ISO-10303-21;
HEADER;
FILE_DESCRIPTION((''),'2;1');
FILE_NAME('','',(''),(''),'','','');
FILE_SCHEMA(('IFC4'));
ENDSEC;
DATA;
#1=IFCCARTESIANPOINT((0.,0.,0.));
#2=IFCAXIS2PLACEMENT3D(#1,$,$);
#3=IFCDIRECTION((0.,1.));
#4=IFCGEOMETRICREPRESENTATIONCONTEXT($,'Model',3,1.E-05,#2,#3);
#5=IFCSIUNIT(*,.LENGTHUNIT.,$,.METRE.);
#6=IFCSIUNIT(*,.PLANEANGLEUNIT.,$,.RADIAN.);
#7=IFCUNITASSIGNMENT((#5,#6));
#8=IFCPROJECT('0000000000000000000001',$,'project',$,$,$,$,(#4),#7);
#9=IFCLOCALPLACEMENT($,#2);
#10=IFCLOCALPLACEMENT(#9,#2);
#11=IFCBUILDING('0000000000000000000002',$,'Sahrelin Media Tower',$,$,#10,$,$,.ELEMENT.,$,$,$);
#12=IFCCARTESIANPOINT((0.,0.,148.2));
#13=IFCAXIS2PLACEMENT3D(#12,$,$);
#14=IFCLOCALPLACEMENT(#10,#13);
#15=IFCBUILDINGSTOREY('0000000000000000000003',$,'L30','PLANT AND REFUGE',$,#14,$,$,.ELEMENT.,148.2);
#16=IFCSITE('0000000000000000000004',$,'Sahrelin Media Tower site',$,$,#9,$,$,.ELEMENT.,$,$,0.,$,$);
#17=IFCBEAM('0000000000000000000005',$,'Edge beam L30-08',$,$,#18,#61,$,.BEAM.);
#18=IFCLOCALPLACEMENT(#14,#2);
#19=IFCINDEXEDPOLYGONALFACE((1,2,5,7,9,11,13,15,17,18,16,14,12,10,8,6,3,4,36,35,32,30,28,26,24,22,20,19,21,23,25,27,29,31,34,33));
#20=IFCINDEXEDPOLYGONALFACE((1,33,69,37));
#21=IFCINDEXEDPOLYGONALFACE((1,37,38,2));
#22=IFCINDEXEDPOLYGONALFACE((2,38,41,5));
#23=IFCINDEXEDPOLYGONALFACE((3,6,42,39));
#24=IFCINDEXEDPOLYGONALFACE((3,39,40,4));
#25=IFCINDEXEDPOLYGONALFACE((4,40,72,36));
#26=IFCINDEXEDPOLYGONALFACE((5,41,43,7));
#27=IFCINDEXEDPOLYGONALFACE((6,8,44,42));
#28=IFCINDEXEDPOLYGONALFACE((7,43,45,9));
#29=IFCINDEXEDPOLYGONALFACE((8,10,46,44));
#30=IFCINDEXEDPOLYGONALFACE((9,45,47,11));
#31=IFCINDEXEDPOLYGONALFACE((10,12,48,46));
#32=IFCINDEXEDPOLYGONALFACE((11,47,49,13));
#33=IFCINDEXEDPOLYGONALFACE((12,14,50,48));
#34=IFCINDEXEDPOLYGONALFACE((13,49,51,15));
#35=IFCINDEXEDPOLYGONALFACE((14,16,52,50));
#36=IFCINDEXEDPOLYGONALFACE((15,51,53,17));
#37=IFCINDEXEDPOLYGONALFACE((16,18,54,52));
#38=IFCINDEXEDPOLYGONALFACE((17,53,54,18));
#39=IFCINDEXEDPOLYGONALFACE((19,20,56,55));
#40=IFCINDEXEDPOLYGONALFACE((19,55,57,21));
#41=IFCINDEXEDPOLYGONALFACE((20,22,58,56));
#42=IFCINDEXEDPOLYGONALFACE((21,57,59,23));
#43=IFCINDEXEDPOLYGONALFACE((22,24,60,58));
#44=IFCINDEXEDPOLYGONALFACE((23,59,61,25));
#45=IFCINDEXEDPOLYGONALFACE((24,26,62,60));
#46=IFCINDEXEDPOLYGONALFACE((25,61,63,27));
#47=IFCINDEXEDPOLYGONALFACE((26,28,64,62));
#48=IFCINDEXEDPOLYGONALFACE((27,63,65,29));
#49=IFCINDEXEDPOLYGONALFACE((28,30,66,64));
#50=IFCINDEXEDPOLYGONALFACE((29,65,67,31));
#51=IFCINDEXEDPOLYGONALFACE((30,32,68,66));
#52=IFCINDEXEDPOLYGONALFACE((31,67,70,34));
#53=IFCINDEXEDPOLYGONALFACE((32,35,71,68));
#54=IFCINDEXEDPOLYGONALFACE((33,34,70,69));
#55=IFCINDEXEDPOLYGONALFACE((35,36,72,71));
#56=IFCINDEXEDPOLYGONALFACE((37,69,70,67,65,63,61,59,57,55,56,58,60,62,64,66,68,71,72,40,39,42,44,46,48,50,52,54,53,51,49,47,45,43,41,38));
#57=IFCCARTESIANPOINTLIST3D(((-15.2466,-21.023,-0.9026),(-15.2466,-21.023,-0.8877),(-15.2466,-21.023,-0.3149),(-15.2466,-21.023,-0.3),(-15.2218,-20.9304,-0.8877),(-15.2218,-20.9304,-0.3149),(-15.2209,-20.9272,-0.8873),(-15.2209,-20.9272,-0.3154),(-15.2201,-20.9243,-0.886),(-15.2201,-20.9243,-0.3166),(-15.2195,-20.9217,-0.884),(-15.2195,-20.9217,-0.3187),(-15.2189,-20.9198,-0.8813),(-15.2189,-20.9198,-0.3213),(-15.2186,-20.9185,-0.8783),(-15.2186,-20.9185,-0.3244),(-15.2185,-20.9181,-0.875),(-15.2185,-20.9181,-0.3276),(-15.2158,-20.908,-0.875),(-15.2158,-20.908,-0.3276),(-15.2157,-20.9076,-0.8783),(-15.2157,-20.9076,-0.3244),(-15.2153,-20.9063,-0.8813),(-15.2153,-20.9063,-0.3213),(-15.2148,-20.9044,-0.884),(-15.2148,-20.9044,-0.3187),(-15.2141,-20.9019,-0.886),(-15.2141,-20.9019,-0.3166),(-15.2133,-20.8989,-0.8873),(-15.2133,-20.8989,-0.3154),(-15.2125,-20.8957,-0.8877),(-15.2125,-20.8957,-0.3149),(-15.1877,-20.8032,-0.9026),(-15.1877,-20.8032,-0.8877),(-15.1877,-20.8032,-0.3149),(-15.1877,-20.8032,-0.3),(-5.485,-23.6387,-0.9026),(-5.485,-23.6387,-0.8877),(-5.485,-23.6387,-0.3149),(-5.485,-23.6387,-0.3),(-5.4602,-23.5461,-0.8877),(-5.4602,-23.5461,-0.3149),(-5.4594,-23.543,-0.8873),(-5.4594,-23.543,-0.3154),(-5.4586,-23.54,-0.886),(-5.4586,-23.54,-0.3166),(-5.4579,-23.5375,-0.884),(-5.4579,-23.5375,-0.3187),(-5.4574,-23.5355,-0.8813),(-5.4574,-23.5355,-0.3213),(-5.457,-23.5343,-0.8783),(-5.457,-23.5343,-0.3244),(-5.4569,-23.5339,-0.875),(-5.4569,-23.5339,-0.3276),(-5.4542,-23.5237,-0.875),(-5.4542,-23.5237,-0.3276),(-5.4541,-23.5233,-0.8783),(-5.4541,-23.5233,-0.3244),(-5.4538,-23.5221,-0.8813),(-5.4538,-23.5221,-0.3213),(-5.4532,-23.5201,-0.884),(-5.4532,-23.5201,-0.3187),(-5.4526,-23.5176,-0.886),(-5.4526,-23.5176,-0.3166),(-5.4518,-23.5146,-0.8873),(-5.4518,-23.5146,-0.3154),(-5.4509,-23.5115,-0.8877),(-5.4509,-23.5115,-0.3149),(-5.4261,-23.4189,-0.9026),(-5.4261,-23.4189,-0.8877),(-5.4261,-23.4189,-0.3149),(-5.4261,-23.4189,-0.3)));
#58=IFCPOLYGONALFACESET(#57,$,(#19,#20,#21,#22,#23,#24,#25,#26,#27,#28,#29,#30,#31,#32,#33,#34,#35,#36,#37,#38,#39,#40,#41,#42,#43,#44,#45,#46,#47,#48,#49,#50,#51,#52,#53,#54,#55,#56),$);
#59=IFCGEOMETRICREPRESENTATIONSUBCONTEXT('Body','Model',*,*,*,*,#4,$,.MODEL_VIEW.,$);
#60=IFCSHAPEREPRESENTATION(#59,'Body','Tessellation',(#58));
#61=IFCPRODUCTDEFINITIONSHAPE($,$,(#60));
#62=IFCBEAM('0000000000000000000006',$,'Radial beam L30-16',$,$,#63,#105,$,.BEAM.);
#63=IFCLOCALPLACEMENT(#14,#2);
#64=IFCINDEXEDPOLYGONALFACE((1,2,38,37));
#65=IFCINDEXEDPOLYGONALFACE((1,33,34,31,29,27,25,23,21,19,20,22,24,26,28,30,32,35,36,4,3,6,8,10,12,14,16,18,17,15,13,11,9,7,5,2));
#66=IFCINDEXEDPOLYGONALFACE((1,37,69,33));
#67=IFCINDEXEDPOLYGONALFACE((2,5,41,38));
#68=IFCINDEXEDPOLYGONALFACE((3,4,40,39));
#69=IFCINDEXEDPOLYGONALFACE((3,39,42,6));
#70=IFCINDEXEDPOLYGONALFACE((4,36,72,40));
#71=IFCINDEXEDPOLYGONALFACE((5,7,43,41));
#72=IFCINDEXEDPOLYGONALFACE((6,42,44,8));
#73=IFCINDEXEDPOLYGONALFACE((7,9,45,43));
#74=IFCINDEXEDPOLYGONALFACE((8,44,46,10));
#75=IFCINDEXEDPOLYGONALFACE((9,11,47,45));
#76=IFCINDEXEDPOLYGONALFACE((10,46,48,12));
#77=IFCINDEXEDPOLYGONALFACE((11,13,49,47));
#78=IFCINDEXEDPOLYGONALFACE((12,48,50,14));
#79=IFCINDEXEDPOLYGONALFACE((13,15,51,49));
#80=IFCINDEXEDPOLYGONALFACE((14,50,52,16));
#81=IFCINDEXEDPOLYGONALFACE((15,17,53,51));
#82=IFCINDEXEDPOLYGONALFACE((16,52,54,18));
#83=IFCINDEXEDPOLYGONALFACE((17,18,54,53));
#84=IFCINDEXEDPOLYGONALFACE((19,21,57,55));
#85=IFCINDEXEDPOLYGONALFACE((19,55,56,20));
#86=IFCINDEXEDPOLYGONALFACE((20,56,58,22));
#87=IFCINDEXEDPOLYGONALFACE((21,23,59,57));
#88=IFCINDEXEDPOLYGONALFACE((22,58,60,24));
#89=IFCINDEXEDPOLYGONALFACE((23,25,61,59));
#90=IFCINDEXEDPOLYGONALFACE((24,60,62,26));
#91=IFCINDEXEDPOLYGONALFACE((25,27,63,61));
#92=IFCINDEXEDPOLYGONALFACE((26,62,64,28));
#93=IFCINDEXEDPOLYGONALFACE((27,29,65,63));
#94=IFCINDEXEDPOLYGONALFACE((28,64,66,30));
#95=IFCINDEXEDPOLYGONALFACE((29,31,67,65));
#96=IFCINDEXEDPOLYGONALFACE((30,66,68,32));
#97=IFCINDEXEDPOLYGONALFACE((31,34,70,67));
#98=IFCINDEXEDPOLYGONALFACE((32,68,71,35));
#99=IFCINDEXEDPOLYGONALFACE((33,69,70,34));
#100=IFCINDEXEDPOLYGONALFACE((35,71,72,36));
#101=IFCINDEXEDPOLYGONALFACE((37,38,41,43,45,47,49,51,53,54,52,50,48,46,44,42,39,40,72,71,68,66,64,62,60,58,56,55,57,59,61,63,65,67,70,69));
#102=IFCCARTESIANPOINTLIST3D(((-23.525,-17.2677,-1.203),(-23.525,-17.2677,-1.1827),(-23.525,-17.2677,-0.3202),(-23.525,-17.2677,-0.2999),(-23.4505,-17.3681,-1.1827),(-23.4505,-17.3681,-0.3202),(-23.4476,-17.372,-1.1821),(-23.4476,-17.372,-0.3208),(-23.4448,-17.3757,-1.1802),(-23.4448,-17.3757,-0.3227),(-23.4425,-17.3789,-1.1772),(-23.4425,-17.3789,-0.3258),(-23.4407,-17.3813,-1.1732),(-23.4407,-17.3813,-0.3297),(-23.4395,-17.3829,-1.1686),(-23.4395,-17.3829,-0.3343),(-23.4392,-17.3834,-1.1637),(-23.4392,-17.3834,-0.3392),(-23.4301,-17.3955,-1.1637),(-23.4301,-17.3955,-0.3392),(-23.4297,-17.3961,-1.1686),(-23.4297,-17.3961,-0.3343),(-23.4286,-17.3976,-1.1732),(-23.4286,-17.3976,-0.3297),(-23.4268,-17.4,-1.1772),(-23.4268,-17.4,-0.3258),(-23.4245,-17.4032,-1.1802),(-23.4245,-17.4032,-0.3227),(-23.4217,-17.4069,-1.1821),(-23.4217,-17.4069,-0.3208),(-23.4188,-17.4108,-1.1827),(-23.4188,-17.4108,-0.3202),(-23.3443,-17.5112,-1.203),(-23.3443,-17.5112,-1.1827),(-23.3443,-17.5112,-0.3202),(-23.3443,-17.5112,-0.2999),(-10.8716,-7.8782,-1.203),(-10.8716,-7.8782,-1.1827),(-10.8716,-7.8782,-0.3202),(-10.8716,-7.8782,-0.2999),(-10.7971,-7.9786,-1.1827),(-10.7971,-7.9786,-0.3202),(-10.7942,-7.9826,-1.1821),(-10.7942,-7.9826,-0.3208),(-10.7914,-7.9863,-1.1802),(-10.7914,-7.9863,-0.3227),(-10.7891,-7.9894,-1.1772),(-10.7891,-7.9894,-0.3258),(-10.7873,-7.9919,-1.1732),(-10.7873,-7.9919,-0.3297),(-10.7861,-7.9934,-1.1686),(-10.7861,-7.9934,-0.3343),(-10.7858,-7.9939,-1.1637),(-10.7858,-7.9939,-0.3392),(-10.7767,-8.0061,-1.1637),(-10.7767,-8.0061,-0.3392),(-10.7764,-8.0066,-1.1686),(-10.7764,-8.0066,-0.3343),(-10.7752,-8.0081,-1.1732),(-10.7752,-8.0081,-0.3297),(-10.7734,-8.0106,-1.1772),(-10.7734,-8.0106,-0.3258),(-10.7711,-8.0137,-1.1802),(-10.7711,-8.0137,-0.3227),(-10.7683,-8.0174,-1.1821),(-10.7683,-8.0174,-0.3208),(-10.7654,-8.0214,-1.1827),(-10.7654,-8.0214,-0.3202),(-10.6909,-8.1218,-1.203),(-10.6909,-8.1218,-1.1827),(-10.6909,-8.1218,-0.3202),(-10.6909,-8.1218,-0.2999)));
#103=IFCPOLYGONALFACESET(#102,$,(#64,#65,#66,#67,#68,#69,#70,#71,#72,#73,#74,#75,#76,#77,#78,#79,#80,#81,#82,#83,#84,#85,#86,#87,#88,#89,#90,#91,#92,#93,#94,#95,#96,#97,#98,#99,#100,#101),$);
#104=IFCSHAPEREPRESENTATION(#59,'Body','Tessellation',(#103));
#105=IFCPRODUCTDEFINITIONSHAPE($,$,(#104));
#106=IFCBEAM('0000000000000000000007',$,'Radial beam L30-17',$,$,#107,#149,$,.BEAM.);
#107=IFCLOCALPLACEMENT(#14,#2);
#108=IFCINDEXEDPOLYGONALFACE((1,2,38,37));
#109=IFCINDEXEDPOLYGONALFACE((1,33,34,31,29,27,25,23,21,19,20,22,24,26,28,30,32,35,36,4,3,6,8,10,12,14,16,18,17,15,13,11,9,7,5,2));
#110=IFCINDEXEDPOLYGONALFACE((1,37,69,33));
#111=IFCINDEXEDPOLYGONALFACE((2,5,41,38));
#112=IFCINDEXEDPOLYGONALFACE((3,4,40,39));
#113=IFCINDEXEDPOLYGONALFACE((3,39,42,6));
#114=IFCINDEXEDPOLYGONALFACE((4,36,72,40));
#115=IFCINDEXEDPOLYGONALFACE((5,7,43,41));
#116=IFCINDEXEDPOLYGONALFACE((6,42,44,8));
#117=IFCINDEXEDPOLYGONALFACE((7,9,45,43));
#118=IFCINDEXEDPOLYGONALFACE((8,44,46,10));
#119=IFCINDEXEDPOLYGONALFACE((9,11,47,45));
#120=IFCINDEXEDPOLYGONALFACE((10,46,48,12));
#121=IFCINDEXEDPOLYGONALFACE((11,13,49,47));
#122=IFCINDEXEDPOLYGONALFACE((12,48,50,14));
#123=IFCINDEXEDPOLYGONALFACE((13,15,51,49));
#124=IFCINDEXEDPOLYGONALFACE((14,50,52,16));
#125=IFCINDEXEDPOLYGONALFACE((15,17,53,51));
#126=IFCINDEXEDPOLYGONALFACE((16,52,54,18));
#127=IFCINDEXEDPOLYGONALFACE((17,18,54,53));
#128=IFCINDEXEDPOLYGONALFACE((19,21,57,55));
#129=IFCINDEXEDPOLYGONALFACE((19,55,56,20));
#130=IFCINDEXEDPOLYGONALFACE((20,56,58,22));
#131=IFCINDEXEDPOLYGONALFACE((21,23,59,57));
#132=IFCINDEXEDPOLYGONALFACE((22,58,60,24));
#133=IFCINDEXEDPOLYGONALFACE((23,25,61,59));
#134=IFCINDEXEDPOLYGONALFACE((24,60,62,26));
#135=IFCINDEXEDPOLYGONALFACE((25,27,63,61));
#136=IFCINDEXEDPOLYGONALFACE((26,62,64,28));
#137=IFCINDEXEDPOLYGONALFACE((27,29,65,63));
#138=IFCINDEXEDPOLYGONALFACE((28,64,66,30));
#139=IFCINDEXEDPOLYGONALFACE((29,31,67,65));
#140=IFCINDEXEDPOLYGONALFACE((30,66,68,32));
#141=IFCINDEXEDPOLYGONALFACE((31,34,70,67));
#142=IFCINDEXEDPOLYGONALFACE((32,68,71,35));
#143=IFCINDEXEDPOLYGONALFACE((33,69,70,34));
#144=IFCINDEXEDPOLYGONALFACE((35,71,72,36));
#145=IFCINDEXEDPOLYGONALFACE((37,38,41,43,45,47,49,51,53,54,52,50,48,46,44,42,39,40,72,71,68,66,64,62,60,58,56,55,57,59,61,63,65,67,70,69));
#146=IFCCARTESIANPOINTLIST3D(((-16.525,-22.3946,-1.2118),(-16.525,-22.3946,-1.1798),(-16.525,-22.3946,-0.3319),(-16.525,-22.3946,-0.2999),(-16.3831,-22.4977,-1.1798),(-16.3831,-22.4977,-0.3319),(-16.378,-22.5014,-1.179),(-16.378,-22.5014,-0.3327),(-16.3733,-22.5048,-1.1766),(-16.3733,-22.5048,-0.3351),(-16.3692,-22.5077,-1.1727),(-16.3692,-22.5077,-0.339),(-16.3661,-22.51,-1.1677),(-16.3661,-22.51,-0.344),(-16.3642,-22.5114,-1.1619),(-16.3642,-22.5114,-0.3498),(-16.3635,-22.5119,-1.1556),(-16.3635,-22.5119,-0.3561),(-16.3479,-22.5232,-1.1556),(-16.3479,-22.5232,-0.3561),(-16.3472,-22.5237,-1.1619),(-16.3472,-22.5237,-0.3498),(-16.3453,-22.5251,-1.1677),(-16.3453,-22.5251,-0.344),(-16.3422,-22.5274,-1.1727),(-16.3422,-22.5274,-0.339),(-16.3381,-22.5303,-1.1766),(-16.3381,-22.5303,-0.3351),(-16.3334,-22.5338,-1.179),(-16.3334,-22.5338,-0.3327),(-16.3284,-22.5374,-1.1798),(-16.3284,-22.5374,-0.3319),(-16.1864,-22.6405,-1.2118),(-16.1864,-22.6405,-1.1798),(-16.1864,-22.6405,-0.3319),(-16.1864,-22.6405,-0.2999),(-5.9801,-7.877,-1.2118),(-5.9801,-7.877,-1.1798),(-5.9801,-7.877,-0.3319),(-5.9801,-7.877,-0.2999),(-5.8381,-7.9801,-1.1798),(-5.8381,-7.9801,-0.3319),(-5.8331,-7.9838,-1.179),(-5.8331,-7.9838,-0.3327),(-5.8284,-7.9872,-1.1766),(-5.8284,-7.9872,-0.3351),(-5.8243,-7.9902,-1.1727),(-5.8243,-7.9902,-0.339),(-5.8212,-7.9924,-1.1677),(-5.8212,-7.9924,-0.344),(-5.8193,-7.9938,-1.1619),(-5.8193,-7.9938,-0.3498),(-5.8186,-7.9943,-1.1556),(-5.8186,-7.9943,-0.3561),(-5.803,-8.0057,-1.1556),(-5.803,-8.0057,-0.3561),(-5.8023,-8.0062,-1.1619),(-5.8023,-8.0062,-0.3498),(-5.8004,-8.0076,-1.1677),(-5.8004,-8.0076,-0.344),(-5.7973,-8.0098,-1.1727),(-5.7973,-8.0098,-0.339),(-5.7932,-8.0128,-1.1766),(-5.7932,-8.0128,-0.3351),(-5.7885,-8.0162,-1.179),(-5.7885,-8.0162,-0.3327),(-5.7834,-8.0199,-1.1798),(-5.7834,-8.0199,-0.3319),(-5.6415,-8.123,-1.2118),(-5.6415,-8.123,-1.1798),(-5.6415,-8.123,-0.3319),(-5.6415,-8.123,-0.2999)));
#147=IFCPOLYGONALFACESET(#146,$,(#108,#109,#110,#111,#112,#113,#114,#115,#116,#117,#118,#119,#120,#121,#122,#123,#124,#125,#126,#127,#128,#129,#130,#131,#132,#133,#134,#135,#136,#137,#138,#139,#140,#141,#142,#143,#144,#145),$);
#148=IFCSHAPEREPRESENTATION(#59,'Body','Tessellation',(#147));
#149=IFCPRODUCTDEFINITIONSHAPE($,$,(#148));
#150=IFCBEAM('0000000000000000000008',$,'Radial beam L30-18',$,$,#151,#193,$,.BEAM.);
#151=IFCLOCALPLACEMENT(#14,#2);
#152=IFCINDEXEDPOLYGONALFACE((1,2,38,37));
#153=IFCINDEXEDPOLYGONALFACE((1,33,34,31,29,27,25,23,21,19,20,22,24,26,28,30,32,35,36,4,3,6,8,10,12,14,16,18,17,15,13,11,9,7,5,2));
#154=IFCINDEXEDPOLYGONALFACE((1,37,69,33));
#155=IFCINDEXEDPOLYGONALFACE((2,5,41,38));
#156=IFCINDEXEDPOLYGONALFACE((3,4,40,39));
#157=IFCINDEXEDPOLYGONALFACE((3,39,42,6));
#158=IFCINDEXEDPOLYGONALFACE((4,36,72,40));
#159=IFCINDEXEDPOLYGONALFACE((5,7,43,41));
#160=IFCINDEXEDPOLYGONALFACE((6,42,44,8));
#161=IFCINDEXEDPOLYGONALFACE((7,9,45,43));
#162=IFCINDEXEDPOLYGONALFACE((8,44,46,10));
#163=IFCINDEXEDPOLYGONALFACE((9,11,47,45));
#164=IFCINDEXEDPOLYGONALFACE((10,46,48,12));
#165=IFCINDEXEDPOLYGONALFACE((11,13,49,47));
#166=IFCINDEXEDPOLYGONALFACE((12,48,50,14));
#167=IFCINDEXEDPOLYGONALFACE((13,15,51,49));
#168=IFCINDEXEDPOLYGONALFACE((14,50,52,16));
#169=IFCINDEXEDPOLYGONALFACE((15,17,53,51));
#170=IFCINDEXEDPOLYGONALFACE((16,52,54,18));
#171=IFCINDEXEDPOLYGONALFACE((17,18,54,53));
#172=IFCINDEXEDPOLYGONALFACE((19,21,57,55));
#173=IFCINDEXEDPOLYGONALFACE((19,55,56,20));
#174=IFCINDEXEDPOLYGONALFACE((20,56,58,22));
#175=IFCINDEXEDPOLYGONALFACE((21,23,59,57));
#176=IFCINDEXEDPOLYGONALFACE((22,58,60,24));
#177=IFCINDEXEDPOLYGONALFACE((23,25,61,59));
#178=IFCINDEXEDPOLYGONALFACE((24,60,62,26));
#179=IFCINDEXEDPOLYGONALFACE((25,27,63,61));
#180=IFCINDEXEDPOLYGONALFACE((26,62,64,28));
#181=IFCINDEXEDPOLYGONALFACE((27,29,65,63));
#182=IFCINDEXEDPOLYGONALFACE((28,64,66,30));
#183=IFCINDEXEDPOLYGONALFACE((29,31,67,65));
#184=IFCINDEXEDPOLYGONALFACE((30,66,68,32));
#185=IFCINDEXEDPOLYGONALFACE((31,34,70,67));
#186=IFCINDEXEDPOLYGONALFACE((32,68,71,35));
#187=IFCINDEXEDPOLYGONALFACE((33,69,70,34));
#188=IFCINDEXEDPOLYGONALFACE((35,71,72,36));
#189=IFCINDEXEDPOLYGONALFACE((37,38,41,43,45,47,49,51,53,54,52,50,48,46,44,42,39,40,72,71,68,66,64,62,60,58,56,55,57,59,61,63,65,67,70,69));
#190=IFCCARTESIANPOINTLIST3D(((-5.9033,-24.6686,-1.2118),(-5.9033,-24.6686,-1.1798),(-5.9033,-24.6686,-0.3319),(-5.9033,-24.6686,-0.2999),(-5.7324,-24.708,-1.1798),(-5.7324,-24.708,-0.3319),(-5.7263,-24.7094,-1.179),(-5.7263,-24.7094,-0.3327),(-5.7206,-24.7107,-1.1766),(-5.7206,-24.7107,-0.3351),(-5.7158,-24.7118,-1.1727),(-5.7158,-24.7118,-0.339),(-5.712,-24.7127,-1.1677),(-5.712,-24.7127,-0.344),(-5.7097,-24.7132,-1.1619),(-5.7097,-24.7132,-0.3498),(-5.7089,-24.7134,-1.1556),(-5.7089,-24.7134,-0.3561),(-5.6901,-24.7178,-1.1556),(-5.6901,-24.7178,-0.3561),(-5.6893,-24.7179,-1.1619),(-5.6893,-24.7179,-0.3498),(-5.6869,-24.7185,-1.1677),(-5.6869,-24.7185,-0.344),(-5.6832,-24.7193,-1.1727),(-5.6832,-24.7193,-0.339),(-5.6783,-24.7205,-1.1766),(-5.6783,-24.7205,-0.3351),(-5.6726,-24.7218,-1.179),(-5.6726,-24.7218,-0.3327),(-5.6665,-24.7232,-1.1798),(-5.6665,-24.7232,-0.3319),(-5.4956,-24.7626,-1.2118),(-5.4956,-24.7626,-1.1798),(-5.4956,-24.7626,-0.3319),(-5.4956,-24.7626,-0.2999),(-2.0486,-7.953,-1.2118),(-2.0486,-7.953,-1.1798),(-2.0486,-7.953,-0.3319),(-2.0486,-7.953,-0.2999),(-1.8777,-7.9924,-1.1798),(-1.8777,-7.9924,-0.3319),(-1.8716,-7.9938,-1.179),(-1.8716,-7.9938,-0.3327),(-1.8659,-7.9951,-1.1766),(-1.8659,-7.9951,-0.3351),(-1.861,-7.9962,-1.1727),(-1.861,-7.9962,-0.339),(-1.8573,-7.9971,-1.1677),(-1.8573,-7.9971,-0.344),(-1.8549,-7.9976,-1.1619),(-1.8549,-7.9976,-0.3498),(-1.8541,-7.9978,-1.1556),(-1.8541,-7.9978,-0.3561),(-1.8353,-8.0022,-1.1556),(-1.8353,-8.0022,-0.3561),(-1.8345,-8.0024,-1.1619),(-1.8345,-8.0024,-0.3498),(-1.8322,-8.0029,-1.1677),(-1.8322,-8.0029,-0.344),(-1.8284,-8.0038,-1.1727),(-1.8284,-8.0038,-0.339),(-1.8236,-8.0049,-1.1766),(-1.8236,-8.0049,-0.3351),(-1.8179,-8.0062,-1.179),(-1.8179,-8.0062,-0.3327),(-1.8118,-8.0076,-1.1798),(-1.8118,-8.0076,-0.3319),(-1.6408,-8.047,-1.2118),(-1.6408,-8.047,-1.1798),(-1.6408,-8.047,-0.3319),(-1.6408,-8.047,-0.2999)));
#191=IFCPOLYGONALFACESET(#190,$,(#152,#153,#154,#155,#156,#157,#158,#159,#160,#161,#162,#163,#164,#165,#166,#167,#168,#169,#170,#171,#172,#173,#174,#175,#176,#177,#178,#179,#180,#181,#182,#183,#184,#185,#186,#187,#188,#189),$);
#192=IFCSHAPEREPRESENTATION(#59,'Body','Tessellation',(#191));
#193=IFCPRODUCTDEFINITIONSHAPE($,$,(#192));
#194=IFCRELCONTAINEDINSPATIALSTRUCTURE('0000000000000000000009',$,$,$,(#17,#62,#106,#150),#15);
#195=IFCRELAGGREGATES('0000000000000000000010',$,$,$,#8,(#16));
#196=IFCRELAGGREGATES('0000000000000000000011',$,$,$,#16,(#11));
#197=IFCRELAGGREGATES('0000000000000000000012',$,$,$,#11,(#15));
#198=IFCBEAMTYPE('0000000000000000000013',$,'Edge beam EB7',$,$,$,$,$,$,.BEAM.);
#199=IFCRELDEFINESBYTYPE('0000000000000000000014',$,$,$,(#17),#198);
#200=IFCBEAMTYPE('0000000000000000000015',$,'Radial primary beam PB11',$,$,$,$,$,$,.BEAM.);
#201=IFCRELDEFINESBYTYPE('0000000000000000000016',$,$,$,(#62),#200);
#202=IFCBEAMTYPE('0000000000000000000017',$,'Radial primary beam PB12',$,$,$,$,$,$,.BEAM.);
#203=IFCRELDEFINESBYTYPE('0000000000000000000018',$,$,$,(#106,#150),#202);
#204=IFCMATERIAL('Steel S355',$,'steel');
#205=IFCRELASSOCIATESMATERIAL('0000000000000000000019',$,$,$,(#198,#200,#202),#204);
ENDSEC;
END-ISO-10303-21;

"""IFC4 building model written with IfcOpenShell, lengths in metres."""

from ifc_helpers import new_model, si_unit, direction, frame, origin, origin_2d, place, context, subcontext, project, spatial, i_section, extrude, material, material_profile, profile_set, type_object, element, save


model = new_model("IFC4")

# Units and contexts
model_context = context("Model", 3, precision=1e-05, world=origin(), true_north=direction((0.0, 1.0)))
body_context = subcontext(model_context, "Body", "Model", "MODEL_VIEW")
ifc_project = project(units=[si_unit("LENGTHUNIT", "METRE"), si_unit("PLANEANGLEUNIT", "RADIAN")], contexts=[model_context])

# Site, building, storey
site_placement = place(None, origin())
site = spatial("IfcSite", under=ifc_project, at=site_placement, Name="Sahrelin Media Tower site", CompositionType="ELEMENT", RefElevation=0.0)
building_placement = place(site_placement, origin())
building = spatial("IfcBuilding", under=site, at=building_placement, Name="Sahrelin Media Tower", CompositionType="ELEMENT")
storey_placement = place(building_placement, frame((0.0, 0.0, 148.2)))
storey = spatial("IfcBuildingStorey", under=building, at=storey_placement, Name="L30", Description="PLANT AND REFUGE", CompositionType="ELEMENT", Elevation=148.2)

# Beams
ifc_material_1 = material(Name="Steel S355", Category="steel")
ifc_material_profile_1 = material_profile(ifc_material_1, i_section(OverallWidth=0.2275, OverallDepth=0.6025, WebThickness=0.0105, FlangeThickness=0.0149, FilletRadius=0.0127, at=origin_2d()), Name="UB 610x229x101")
ifc_profile_set_1 = profile_set([ifc_material_profile_1], Name="Steel S355")
beam_type_1 = type_object("IfcBeamType", Name="Edge beam EB7", PredefinedType="BEAM", material=ifc_profile_set_1)
beam_1_placement = place(storey_placement, frame((-5.4556, -23.5288, -0.6013), z_axis=(-0.965922, 0.258832, 0.0), x_axis=(-0.258832, -0.965922, 0.0)))
element("IfcBeam", 1, at=beam_1_placement, inside=storey, type_object=beam_type_1, Name="Edge beam L30-08", PredefinedType="BEAM", context=body_context, shape_type="SweptSolid", body=[
    extrude(i_section(OverallWidth=0.2275, OverallDepth=0.6025, WebThickness=0.0105, FlangeThickness=0.0149, FilletRadius=0.0127, at=origin_2d()), origin(), (0.0, 0.0, 1.0), 10.106),
])
ifc_material_profile_2 = material_profile(ifc_material_1, i_section(OverallWidth=0.3032, OverallDepth=0.9031, WebThickness=0.0151, FlangeThickness=0.0203, FilletRadius=0.019, at=origin_2d()), Name="UB 914x305x201")
ifc_profile_set_2 = profile_set([ifc_material_profile_2], Name="Steel S355")
beam_type_2 = type_object("IfcBeamType", Name="Radial primary beam PB11", PredefinedType="BEAM", material=ifc_profile_set_2)
beam_2_placement = place(storey_placement, frame((-10.7812, -8.0, -0.7515), z_axis=(-0.803054, -0.595907, 0.0), x_axis=(0.595907, -0.803054, 0.0)))
element("IfcBeam", 2, at=beam_2_placement, inside=storey, type_object=beam_type_2, Name="Radial beam L30-16", PredefinedType="BEAM", context=body_context, shape_type="SweptSolid", body=[
    extrude(i_section(OverallWidth=0.3032, OverallDepth=0.9031, WebThickness=0.0151, FlangeThickness=0.0203, FilletRadius=0.019, at=origin_2d()), origin(), (0.0, 0.0, 1.0), 15.7566),
])
ifc_material_profile_3 = material_profile(ifc_material_1, i_section(OverallWidth=0.4185, OverallDepth=0.9119, WebThickness=0.0193, FlangeThickness=0.032, FilletRadius=0.0242, at=origin_2d()), Name="UB 914x419x343")
ifc_profile_set_3 = profile_set([ifc_material_profile_3], Name="Steel S355")
beam_type_3 = type_object("IfcBeamType", Name="Radial primary beam PB12", PredefinedType="BEAM", material=ifc_profile_set_3)
beam_3_placement = place(storey_placement, frame((-5.8108, -8.0, -0.7559), z_axis=(-0.587686, -0.809089, 0.0), x_axis=(0.809089, -0.587686, 0.0)))
element("IfcBeam", 3, at=beam_3_placement, inside=storey, type_object=beam_type_3, Name="Radial beam L30-17", PredefinedType="BEAM", context=body_context, shape_type="SweptSolid", body=[
    extrude(i_section(OverallWidth=0.4185, OverallDepth=0.9119, WebThickness=0.0193, FlangeThickness=0.032, FilletRadius=0.0242, at=origin_2d()), origin(), (0.0, 0.0, 1.0), 17.9431),
])
beam_4_placement = place(storey_placement, frame((-1.8447, -8.0, -0.7559), z_axis=(-0.22471, -0.974426, 0.0), x_axis=(0.974426, -0.22471, 0.0)))
element("IfcBeam", 4, at=beam_4_placement, inside=storey, type_object=beam_type_3, Name="Radial beam L30-18", PredefinedType="BEAM", context=body_context, shape_type="SweptSolid", body=[
    extrude(i_section(OverallWidth=0.4185, OverallDepth=0.9119, WebThickness=0.0193, FlangeThickness=0.032, FilletRadius=0.0242, at=origin_2d()), origin(), (0.0, 0.0, 1.0), 17.1543),
])

save(model, "model.ifc")
